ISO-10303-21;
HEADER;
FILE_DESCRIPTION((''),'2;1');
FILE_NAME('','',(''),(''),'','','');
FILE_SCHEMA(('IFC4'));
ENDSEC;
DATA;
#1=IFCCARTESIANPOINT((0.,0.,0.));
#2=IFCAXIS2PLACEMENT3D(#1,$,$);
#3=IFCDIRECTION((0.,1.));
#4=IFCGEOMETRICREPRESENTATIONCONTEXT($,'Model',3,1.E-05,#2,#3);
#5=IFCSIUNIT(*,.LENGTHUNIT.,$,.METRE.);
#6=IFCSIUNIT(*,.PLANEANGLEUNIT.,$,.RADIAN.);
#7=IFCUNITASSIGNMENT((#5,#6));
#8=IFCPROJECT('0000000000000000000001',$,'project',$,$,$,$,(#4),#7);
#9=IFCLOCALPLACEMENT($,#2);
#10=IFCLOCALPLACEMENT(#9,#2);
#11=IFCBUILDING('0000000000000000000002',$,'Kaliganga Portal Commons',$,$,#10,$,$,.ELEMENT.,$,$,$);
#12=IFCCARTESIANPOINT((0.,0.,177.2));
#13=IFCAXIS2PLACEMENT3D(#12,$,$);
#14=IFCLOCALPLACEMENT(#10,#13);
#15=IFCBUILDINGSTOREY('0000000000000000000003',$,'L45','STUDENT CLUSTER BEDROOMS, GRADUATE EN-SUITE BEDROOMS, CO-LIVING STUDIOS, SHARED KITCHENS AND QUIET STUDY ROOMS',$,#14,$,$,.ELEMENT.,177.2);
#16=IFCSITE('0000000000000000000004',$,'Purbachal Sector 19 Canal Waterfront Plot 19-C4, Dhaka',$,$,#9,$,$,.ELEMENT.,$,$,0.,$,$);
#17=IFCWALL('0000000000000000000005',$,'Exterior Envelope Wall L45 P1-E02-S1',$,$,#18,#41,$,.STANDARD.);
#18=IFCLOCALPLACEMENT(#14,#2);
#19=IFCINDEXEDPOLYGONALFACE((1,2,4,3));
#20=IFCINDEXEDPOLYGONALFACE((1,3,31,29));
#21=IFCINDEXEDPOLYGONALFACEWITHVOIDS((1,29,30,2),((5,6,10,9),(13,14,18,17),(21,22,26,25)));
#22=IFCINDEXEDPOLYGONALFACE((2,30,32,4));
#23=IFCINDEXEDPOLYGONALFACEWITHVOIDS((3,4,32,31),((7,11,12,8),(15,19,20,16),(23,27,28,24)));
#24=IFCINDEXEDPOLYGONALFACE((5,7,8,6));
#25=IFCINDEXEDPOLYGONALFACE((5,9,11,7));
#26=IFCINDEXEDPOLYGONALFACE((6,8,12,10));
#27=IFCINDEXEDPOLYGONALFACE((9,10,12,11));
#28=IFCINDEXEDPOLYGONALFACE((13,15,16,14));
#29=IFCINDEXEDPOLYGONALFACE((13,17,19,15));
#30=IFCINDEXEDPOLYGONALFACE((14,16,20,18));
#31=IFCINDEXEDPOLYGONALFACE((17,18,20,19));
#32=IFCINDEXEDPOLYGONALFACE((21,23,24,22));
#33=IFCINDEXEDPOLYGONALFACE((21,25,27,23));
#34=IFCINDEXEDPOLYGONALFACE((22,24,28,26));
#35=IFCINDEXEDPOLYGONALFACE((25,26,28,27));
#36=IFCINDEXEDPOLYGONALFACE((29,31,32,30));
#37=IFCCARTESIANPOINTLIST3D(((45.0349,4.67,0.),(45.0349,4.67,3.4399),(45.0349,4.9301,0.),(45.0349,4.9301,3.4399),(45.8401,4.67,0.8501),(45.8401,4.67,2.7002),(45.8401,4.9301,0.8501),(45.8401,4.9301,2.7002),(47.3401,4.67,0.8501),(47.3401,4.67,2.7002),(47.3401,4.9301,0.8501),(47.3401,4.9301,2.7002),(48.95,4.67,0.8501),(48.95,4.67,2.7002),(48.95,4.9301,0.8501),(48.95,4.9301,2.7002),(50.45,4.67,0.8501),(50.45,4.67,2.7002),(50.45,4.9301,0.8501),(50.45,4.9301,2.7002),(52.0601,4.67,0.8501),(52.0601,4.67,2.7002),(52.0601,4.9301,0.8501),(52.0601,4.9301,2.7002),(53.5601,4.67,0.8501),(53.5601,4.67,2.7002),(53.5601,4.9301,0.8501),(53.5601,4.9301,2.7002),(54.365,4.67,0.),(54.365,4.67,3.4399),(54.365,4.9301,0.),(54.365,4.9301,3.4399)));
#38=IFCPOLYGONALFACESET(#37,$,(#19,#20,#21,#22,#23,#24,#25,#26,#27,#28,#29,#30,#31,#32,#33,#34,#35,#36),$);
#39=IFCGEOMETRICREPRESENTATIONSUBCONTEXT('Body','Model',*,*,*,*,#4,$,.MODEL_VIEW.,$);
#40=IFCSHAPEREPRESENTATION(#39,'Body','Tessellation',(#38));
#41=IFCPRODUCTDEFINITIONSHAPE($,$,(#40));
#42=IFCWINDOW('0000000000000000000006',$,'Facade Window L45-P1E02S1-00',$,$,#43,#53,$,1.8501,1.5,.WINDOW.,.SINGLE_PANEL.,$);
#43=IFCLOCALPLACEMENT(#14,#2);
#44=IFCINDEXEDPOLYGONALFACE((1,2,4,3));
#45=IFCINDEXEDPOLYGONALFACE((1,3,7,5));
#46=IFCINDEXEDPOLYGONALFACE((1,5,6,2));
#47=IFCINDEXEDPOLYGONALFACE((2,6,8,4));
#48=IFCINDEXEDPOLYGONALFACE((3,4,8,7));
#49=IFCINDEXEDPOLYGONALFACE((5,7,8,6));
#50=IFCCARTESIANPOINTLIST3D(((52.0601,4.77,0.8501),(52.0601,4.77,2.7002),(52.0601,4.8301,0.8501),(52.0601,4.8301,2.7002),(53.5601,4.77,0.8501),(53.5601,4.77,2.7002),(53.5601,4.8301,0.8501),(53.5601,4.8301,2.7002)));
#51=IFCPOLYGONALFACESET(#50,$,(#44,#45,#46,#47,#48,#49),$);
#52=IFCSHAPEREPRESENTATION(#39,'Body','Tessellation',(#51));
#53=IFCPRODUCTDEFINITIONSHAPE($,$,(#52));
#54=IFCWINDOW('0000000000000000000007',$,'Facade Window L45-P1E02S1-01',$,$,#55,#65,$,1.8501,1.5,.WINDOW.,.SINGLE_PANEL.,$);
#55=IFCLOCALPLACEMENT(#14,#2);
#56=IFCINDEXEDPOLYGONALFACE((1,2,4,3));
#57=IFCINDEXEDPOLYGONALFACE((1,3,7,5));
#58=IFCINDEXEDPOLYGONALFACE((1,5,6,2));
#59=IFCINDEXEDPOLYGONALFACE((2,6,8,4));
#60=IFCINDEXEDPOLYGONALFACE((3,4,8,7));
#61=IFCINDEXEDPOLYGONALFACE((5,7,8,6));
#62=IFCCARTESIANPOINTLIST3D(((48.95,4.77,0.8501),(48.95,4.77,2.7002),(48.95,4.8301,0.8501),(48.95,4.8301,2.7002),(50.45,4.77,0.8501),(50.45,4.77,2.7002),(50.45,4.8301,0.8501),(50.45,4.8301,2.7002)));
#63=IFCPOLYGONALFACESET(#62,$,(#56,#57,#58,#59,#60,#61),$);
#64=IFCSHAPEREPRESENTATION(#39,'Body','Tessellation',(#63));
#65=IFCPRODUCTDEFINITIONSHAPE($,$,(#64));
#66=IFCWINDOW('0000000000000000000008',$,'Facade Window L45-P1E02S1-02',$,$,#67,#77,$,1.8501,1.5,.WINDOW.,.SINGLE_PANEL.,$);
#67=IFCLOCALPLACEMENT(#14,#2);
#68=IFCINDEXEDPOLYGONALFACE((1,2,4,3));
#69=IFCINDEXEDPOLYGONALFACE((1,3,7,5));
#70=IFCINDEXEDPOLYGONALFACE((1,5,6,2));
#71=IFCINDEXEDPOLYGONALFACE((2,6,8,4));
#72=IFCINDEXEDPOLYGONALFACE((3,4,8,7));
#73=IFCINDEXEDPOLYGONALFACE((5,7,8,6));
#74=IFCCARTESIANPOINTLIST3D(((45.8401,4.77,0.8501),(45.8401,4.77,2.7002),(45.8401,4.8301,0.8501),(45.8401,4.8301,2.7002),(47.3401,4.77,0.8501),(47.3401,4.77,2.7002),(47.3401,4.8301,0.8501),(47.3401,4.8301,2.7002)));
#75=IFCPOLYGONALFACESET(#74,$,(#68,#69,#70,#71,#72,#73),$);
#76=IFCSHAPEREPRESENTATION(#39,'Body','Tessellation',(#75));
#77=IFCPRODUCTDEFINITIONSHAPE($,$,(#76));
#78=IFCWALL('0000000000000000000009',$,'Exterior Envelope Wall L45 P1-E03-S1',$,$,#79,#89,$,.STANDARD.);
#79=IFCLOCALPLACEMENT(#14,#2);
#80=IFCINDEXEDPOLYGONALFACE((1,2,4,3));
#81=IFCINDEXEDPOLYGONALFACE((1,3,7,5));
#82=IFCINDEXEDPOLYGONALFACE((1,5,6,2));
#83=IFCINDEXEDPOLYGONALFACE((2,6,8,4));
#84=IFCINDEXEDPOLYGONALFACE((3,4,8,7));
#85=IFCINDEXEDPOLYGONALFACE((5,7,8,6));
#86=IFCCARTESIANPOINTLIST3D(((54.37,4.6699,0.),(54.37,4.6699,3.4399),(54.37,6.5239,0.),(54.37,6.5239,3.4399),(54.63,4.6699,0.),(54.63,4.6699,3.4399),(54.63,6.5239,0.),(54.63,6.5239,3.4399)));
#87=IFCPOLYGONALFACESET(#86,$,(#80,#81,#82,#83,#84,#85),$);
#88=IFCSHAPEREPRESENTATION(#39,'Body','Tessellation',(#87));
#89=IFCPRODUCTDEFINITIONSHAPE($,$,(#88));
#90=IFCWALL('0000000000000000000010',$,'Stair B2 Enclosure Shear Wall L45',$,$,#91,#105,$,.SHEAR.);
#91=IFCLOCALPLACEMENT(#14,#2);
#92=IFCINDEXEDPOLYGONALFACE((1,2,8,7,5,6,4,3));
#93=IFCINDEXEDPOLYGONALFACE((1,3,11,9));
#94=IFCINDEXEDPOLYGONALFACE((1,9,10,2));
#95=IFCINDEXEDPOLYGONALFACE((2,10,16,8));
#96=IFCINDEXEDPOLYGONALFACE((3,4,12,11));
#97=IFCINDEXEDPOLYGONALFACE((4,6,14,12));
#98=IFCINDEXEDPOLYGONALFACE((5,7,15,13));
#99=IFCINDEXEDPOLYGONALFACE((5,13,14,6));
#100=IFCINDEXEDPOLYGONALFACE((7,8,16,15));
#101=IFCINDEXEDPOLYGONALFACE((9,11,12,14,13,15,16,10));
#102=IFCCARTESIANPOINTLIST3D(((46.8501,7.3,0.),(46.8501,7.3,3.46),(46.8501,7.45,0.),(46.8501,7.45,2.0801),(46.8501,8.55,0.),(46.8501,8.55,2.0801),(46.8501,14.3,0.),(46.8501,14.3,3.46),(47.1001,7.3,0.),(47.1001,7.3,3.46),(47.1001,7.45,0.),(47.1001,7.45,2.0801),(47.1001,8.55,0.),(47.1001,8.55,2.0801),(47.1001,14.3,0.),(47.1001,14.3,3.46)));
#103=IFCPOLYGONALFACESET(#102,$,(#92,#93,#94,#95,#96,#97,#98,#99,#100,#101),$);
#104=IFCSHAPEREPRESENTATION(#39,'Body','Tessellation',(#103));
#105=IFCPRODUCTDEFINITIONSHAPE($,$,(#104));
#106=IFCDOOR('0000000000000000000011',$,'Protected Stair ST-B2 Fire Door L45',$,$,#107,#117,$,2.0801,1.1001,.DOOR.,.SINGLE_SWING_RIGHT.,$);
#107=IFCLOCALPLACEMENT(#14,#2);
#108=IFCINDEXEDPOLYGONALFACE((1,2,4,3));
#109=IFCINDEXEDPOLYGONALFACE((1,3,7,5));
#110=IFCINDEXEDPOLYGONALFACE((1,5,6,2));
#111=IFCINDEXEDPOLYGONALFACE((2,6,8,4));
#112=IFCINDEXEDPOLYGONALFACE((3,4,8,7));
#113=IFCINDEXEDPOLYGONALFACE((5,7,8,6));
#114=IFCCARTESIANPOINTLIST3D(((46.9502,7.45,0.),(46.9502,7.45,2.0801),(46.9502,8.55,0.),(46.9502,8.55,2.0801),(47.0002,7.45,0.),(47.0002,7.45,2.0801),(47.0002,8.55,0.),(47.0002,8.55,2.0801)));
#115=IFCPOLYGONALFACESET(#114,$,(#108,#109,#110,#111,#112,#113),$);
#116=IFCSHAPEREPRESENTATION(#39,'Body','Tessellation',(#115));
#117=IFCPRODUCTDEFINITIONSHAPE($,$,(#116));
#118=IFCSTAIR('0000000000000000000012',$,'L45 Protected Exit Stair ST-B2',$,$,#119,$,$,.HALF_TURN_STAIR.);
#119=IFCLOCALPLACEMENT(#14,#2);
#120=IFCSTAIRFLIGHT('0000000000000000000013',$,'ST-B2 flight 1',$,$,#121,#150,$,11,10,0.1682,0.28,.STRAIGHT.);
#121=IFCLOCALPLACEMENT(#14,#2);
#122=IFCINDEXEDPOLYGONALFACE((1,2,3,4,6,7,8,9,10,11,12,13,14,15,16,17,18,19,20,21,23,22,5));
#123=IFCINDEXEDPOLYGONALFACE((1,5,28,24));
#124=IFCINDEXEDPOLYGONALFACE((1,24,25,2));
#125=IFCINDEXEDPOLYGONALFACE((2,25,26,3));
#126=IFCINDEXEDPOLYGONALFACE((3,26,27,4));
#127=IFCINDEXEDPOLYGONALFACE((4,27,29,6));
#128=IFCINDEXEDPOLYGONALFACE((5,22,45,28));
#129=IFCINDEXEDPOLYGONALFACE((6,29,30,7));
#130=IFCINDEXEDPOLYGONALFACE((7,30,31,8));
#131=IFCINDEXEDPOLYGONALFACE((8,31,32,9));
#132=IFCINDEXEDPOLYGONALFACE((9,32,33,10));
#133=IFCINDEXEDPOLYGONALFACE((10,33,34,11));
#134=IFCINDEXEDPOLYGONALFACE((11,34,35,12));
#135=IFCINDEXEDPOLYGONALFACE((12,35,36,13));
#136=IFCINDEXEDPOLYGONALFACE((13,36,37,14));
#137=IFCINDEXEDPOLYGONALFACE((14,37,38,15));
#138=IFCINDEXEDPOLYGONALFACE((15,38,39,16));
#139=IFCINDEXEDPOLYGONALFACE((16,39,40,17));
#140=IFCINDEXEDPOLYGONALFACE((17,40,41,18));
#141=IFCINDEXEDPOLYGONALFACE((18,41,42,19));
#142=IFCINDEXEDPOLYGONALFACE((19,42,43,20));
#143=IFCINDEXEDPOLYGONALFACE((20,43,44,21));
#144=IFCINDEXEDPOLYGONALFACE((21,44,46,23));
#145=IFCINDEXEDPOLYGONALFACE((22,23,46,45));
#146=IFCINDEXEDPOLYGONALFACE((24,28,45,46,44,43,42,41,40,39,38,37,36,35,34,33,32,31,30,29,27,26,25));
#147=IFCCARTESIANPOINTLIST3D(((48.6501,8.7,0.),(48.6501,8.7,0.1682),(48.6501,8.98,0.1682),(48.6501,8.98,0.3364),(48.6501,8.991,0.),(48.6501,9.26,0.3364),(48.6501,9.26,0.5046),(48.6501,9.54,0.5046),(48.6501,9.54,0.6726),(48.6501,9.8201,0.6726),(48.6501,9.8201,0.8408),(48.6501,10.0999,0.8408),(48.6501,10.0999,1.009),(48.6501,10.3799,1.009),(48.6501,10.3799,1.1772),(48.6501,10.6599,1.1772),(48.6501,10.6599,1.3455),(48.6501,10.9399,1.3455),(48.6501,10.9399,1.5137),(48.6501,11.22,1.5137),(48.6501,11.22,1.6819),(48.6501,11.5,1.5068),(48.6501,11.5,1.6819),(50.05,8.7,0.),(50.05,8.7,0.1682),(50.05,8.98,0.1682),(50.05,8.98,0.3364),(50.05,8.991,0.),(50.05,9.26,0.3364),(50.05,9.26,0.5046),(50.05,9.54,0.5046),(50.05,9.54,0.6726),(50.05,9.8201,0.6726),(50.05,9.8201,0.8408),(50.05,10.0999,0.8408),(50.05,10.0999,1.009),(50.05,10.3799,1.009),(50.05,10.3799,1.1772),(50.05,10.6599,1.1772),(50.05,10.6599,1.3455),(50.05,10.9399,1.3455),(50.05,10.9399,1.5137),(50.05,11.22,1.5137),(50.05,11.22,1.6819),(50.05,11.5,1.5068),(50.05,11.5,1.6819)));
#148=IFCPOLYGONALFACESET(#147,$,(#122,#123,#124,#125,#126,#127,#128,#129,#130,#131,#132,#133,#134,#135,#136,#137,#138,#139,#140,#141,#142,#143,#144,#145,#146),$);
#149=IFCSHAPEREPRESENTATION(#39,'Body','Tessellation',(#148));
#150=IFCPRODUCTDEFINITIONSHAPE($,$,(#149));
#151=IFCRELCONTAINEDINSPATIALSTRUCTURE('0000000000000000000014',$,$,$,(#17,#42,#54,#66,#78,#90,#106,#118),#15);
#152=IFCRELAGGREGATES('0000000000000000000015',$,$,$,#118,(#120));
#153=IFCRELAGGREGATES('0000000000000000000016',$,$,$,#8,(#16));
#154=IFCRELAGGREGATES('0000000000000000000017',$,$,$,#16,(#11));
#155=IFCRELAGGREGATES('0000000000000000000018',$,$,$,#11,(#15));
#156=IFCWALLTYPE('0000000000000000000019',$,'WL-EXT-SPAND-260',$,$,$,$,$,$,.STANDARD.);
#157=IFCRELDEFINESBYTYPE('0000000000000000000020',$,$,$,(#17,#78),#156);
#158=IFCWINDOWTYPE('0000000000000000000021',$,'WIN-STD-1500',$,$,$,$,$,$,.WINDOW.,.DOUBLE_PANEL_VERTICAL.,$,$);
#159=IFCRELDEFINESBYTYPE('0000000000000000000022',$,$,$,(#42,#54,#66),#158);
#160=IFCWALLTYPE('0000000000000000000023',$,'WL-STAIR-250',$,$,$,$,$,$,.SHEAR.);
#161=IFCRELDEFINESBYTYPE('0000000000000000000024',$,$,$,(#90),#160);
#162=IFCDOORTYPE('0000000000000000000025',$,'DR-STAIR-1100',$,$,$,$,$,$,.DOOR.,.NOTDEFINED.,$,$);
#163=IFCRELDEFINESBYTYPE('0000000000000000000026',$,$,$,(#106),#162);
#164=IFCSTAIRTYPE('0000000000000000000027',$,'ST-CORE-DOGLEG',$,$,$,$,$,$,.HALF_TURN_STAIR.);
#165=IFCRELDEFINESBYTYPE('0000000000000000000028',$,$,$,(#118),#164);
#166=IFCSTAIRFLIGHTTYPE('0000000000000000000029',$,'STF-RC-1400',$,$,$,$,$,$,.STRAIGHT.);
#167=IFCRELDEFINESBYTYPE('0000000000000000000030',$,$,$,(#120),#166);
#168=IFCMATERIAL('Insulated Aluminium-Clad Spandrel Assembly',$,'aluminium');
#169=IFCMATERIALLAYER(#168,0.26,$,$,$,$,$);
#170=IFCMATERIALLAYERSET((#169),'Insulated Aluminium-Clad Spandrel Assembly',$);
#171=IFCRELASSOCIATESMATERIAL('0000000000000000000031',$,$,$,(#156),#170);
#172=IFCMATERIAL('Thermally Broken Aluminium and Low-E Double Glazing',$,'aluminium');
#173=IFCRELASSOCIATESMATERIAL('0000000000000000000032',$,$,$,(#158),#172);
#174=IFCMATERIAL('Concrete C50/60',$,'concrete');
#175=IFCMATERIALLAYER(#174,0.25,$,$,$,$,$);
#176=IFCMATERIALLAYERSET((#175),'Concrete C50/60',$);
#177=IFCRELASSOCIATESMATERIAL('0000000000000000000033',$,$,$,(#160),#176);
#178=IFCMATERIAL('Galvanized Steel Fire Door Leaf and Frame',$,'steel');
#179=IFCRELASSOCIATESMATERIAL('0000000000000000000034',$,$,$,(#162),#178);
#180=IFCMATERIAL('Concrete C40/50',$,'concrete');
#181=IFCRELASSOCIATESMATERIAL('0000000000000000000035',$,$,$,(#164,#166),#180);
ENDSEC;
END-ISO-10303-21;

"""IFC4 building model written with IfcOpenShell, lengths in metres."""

from ifc_helpers import new_model, si_unit, direction, frame, frame_2d, origin, place, context, subcontext, project, spatial, polyline, rectangle, outline, extrude, material, layer, layer_set, type_object, element, fill, aggregate, save


model = new_model("IFC4")

# Units and contexts
model_context = context("Model", 3, precision=1e-05, world=origin(), true_north=direction((0.0, 1.0)))
body_context = subcontext(model_context, "Body", "Model", "MODEL_VIEW")
ifc_project = project(units=[si_unit("LENGTHUNIT", "METRE"), si_unit("PLANEANGLEUNIT", "RADIAN")], contexts=[model_context])

# Site, building, storey
site_placement = place(None, origin())
site = spatial("IfcSite", under=ifc_project, at=site_placement, Name="Purbachal Sector 19 Canal Waterfront Plot 19-C4, Dhaka", CompositionType="ELEMENT", RefElevation=0.0)
building_placement = place(site_placement, origin())
building = spatial("IfcBuilding", under=site, at=building_placement, Name="Kaliganga Portal Commons", CompositionType="ELEMENT")
storey_placement = place(building_placement, frame((0.0, 0.0, 177.2)))
storey = spatial("IfcBuildingStorey", under=building, at=storey_placement, Name="L45", Description="STUDENT CLUSTER BEDROOMS, GRADUATE EN-SUITE BEDROOMS, CO-LIVING STUDIOS, SHARED KITCHENS AND QUIET STUDY ROOMS", CompositionType="ELEMENT", Elevation=177.2)

# Wall, openings, windows
ifc_material_1 = material(Name="Insulated Aluminium-Clad Spandrel Assembly", Category="aluminium")
ifc_layer_1 = layer(ifc_material_1, 0.26)
ifc_layer_set_1 = layer_set([ifc_layer_1], Name="Insulated Aluminium-Clad Spandrel Assembly")
wall_type_1 = type_object("IfcWallType", Name="WL-EXT-SPAND-260", PredefinedType="STANDARD", material=ifc_layer_set_1)
wall_1_placement = place(storey_placement, frame((54.365, 4.8, 0.0), z_axis=(0.0, 0.0, 1.0), x_axis=(-1.0, 0.0, 0.0)))
wall_1 = element("IfcWall", 1, at=wall_1_placement, inside=storey, type_object=wall_type_1, Name="Exterior Envelope Wall L45 P1-E02-S1", PredefinedType="STANDARD", context=body_context, shape_type="SweptSolid", body=[
    extrude(rectangle(XDim=9.3301, YDim=0.26, at=frame_2d((4.665, 0.0))), origin(), (0.0, 0.0, 1.0), 3.4399),
])
opening_1_placement = place(wall_1_placement, frame((0.8049, 0.0, 0.8501)))
opening_1 = element("IfcOpeningElement", 2, at=opening_1_placement, cuts=wall_1, PredefinedType="OPENING", context=body_context, shape_type="SweptSolid", body=[
    extrude(rectangle(XDim=1.5, YDim=1.8501, at=frame_2d((0.75, 0.925))), frame((0.0, 0.1401, 0.0), z_axis=(0.0, -1.0, 0.0), x_axis=(1.0, 0.0, 0.0)), (0.0, 0.0, 1.0), 0.28),
])
opening_2_placement = place(wall_1_placement, frame((3.915, 0.0, 0.8501)))
opening_2 = element("IfcOpeningElement", 3, at=opening_2_placement, cuts=wall_1, PredefinedType="OPENING", context=body_context, shape_type="SweptSolid", body=[
    extrude(rectangle(XDim=1.5, YDim=1.8501, at=frame_2d((0.75, 0.925))), frame((0.0, 0.1401, 0.0), z_axis=(0.0, -1.0, 0.0), x_axis=(1.0, 0.0, 0.0)), (0.0, 0.0, 1.0), 0.28),
])
opening_3_placement = place(wall_1_placement, frame((7.0249, 0.0, 0.8501)))
opening_3 = element("IfcOpeningElement", 4, at=opening_3_placement, cuts=wall_1, PredefinedType="OPENING", context=body_context, shape_type="SweptSolid", body=[
    extrude(rectangle(XDim=1.5, YDim=1.8501, at=frame_2d((0.75, 0.925))), frame((0.0, 0.1401, 0.0), z_axis=(0.0, -1.0, 0.0), x_axis=(1.0, 0.0, 0.0)), (0.0, 0.0, 1.0), 0.28),
])
ifc_material_2 = material(Name="Thermally Broken Aluminium and Low-E Double Glazing", Category="aluminium")
window_type = type_object("IfcWindowType", Name="WIN-STD-1500", PartitioningType="DOUBLE_PANEL_VERTICAL", PredefinedType="WINDOW", material=ifc_material_2)
window_1_placement = place(opening_1_placement, origin())
window_1 = element("IfcWindow", 5, at=window_1_placement, inside=storey, type_object=window_type, Name="Facade Window L45-P1E02S1-00", OverallHeight=1.8501, OverallWidth=1.5, PartitioningType="SINGLE_PANEL", PredefinedType="WINDOW", context=body_context, shape_type="SweptSolid", body=[
    extrude(rectangle(XDim=1.5, YDim=1.8501, at=frame_2d((0.75, 0.925))), frame((0.0, 0.03, 0.0), z_axis=(0.0, -1.0, 0.0), x_axis=(1.0, 0.0, 0.0)), (0.0, 0.0, 1.0), 0.0601),
])
fill(opening_1, window_1)
window_2_placement = place(opening_2_placement, origin())
window_2 = element("IfcWindow", 6, at=window_2_placement, inside=storey, type_object=window_type, Name="Facade Window L45-P1E02S1-01", OverallHeight=1.8501, OverallWidth=1.5, PartitioningType="SINGLE_PANEL", PredefinedType="WINDOW", context=body_context, shape_type="SweptSolid", body=[
    extrude(rectangle(XDim=1.5, YDim=1.8501, at=frame_2d((0.75, 0.925))), frame((0.0, 0.03, 0.0), z_axis=(0.0, -1.0, 0.0), x_axis=(1.0, 0.0, 0.0)), (0.0, 0.0, 1.0), 0.0601),
])
fill(opening_2, window_2)
window_3_placement = place(opening_3_placement, origin())
window_3 = element("IfcWindow", 7, at=window_3_placement, inside=storey, type_object=window_type, Name="Facade Window L45-P1E02S1-02", OverallHeight=1.8501, OverallWidth=1.5, PartitioningType="SINGLE_PANEL", PredefinedType="WINDOW", context=body_context, shape_type="SweptSolid", body=[
    extrude(rectangle(XDim=1.5, YDim=1.8501, at=frame_2d((0.75, 0.925))), frame((0.0, 0.03, 0.0), z_axis=(0.0, -1.0, 0.0), x_axis=(1.0, 0.0, 0.0)), (0.0, 0.0, 1.0), 0.0601),
])
fill(opening_3, window_3)

# Wall
wall_2_placement = place(storey_placement, frame((54.5, 6.5239, 0.0), z_axis=(0.0, 0.0, 1.0), x_axis=(0.0, -1.0, 0.0)))
element("IfcWall", 8, at=wall_2_placement, inside=storey, type_object=wall_type_1, Name="Exterior Envelope Wall L45 P1-E03-S1", PredefinedType="STANDARD", context=body_context, shape_type="SweptSolid", body=[
    extrude(rectangle(XDim=1.854, YDim=0.26, at=frame_2d((0.927, 0.0))), origin(), (0.0, 0.0, 1.0), 3.4399),
])

# Wall, opening, door
ifc_material_3 = material(Name="Concrete C50/60", Category="concrete")
ifc_layer_2 = layer(ifc_material_3, 0.25)
ifc_layer_set_2 = layer_set([ifc_layer_2], Name="Concrete C50/60")
wall_type_2 = type_object("IfcWallType", Name="WL-STAIR-250", PredefinedType="SHEAR", material=ifc_layer_set_2)
wall_3_placement = place(storey_placement, frame((46.9751, 7.3, 0.0), z_axis=(0.0, 0.0, 1.0), x_axis=(0.0, 1.0, 0.0)))
wall_3 = element("IfcWall", 9, at=wall_3_placement, inside=storey, type_object=wall_type_2, Name="Stair B2 Enclosure Shear Wall L45", PredefinedType="SHEAR", context=body_context, shape_type="SweptSolid", body=[
    extrude(rectangle(XDim=7.0, YDim=0.25, at=frame_2d((3.5, 0.0))), origin(), (0.0, 0.0, 1.0), 3.46),
])
opening_4_placement = place(wall_3_placement, frame((0.1499, 0.0, 0.0)))
opening_4 = element("IfcOpeningElement", 10, at=opening_4_placement, cuts=wall_3, PredefinedType="OPENING", context=body_context, shape_type="SweptSolid", body=[
    extrude(rectangle(XDim=1.1001, YDim=2.0801, at=frame_2d((0.55, 1.04))), frame((0.0, 0.135, 0.0), z_axis=(0.0, -1.0, 0.0), x_axis=(1.0, 0.0, 0.0)), (0.0, 0.0, 1.0), 0.27),
])
ifc_material_4 = material(Name="Galvanized Steel Fire Door Leaf and Frame", Category="steel")
door_type = type_object("IfcDoorType", Name="DR-STAIR-1100", OperationType="NOTDEFINED", PredefinedType="DOOR", material=ifc_material_4)
door_placement = place(opening_4_placement, origin())
door = element("IfcDoor", 11, at=door_placement, inside=storey, type_object=door_type, Name="Protected Stair ST-B2 Fire Door L45", OperationType="SINGLE_SWING_RIGHT", OverallHeight=2.0801, OverallWidth=1.1001, PredefinedType="DOOR", context=body_context, shape_type="SweptSolid", body=[
    extrude(rectangle(XDim=1.1001, YDim=2.0801, at=frame_2d((0.55, 1.04))), frame((0.0, 0.0249, 0.0), z_axis=(0.0, -1.0, 0.0), x_axis=(1.0, 0.0, 0.0)), (0.0, 0.0, 1.0), 0.05),
])
fill(opening_4, door)

# Stair, stair flight
ifc_material_5 = material(Name="Concrete C40/50", Category="concrete")
stair_type = type_object("IfcStairType", Name="ST-CORE-DOGLEG", PredefinedType="HALF_TURN_STAIR", material=ifc_material_5)
stair_placement = place(storey_placement, origin())
stair = element("IfcStair", 12, at=stair_placement, inside=storey, type_object=stair_type, Name="L45 Protected Exit Stair ST-B2", PredefinedType="HALF_TURN_STAIR")
stair_flight_type = type_object("IfcStairFlightType", Name="STF-RC-1400", PredefinedType="STRAIGHT", material=ifc_material_5)
stair_flight_1_placement = place(storey_placement, frame((49.3501, 8.7, 0.0), z_axis=(0.0, 0.0, 1.0), x_axis=(0.0, 1.0, 0.0)))
stair_flight_1 = element("IfcStairFlight", 13, at=stair_flight_1_placement, type_object=stair_flight_type, Name="ST-B2 flight 1", NumberOfRisers=11, NumberOfTreads=10, PredefinedType="STRAIGHT", RiserHeight=0.1682, TreadLength=0.28, context=body_context, shape_type="SweptSolid", body=[
    extrude(outline(polyline([(0.0, 0.0), (0.0, 0.1682), (0.28, 0.1682), (0.28, 0.3364), (0.5601, 0.3364), (0.5601, 0.5046), (0.8401, 0.5046), (0.8401, 0.6726), (1.1201, 0.6726), (1.1201, 0.8408), (1.3999, 0.8408), (1.3999, 1.009), (1.6799, 1.009), (1.6799, 1.1772), (1.96, 1.1772), (1.96, 1.3455), (2.24, 1.3455), (2.24, 1.5137), (2.52, 1.5137), (2.52, 1.6819), (2.8, 1.6819), (2.8, 1.8501), (2.8, 1.5068), (0.291, 0.0), (0.0, 0.0)])), frame((0.0, 0.7, 0.0), z_axis=(0.0, -1.0, 0.0), x_axis=(1.0, 0.0, 0.0)), (0.0, 0.0, 1.0), 1.3999),
])
aggregate(stair, [stair_flight_1])

save(model, "model.ifc")
